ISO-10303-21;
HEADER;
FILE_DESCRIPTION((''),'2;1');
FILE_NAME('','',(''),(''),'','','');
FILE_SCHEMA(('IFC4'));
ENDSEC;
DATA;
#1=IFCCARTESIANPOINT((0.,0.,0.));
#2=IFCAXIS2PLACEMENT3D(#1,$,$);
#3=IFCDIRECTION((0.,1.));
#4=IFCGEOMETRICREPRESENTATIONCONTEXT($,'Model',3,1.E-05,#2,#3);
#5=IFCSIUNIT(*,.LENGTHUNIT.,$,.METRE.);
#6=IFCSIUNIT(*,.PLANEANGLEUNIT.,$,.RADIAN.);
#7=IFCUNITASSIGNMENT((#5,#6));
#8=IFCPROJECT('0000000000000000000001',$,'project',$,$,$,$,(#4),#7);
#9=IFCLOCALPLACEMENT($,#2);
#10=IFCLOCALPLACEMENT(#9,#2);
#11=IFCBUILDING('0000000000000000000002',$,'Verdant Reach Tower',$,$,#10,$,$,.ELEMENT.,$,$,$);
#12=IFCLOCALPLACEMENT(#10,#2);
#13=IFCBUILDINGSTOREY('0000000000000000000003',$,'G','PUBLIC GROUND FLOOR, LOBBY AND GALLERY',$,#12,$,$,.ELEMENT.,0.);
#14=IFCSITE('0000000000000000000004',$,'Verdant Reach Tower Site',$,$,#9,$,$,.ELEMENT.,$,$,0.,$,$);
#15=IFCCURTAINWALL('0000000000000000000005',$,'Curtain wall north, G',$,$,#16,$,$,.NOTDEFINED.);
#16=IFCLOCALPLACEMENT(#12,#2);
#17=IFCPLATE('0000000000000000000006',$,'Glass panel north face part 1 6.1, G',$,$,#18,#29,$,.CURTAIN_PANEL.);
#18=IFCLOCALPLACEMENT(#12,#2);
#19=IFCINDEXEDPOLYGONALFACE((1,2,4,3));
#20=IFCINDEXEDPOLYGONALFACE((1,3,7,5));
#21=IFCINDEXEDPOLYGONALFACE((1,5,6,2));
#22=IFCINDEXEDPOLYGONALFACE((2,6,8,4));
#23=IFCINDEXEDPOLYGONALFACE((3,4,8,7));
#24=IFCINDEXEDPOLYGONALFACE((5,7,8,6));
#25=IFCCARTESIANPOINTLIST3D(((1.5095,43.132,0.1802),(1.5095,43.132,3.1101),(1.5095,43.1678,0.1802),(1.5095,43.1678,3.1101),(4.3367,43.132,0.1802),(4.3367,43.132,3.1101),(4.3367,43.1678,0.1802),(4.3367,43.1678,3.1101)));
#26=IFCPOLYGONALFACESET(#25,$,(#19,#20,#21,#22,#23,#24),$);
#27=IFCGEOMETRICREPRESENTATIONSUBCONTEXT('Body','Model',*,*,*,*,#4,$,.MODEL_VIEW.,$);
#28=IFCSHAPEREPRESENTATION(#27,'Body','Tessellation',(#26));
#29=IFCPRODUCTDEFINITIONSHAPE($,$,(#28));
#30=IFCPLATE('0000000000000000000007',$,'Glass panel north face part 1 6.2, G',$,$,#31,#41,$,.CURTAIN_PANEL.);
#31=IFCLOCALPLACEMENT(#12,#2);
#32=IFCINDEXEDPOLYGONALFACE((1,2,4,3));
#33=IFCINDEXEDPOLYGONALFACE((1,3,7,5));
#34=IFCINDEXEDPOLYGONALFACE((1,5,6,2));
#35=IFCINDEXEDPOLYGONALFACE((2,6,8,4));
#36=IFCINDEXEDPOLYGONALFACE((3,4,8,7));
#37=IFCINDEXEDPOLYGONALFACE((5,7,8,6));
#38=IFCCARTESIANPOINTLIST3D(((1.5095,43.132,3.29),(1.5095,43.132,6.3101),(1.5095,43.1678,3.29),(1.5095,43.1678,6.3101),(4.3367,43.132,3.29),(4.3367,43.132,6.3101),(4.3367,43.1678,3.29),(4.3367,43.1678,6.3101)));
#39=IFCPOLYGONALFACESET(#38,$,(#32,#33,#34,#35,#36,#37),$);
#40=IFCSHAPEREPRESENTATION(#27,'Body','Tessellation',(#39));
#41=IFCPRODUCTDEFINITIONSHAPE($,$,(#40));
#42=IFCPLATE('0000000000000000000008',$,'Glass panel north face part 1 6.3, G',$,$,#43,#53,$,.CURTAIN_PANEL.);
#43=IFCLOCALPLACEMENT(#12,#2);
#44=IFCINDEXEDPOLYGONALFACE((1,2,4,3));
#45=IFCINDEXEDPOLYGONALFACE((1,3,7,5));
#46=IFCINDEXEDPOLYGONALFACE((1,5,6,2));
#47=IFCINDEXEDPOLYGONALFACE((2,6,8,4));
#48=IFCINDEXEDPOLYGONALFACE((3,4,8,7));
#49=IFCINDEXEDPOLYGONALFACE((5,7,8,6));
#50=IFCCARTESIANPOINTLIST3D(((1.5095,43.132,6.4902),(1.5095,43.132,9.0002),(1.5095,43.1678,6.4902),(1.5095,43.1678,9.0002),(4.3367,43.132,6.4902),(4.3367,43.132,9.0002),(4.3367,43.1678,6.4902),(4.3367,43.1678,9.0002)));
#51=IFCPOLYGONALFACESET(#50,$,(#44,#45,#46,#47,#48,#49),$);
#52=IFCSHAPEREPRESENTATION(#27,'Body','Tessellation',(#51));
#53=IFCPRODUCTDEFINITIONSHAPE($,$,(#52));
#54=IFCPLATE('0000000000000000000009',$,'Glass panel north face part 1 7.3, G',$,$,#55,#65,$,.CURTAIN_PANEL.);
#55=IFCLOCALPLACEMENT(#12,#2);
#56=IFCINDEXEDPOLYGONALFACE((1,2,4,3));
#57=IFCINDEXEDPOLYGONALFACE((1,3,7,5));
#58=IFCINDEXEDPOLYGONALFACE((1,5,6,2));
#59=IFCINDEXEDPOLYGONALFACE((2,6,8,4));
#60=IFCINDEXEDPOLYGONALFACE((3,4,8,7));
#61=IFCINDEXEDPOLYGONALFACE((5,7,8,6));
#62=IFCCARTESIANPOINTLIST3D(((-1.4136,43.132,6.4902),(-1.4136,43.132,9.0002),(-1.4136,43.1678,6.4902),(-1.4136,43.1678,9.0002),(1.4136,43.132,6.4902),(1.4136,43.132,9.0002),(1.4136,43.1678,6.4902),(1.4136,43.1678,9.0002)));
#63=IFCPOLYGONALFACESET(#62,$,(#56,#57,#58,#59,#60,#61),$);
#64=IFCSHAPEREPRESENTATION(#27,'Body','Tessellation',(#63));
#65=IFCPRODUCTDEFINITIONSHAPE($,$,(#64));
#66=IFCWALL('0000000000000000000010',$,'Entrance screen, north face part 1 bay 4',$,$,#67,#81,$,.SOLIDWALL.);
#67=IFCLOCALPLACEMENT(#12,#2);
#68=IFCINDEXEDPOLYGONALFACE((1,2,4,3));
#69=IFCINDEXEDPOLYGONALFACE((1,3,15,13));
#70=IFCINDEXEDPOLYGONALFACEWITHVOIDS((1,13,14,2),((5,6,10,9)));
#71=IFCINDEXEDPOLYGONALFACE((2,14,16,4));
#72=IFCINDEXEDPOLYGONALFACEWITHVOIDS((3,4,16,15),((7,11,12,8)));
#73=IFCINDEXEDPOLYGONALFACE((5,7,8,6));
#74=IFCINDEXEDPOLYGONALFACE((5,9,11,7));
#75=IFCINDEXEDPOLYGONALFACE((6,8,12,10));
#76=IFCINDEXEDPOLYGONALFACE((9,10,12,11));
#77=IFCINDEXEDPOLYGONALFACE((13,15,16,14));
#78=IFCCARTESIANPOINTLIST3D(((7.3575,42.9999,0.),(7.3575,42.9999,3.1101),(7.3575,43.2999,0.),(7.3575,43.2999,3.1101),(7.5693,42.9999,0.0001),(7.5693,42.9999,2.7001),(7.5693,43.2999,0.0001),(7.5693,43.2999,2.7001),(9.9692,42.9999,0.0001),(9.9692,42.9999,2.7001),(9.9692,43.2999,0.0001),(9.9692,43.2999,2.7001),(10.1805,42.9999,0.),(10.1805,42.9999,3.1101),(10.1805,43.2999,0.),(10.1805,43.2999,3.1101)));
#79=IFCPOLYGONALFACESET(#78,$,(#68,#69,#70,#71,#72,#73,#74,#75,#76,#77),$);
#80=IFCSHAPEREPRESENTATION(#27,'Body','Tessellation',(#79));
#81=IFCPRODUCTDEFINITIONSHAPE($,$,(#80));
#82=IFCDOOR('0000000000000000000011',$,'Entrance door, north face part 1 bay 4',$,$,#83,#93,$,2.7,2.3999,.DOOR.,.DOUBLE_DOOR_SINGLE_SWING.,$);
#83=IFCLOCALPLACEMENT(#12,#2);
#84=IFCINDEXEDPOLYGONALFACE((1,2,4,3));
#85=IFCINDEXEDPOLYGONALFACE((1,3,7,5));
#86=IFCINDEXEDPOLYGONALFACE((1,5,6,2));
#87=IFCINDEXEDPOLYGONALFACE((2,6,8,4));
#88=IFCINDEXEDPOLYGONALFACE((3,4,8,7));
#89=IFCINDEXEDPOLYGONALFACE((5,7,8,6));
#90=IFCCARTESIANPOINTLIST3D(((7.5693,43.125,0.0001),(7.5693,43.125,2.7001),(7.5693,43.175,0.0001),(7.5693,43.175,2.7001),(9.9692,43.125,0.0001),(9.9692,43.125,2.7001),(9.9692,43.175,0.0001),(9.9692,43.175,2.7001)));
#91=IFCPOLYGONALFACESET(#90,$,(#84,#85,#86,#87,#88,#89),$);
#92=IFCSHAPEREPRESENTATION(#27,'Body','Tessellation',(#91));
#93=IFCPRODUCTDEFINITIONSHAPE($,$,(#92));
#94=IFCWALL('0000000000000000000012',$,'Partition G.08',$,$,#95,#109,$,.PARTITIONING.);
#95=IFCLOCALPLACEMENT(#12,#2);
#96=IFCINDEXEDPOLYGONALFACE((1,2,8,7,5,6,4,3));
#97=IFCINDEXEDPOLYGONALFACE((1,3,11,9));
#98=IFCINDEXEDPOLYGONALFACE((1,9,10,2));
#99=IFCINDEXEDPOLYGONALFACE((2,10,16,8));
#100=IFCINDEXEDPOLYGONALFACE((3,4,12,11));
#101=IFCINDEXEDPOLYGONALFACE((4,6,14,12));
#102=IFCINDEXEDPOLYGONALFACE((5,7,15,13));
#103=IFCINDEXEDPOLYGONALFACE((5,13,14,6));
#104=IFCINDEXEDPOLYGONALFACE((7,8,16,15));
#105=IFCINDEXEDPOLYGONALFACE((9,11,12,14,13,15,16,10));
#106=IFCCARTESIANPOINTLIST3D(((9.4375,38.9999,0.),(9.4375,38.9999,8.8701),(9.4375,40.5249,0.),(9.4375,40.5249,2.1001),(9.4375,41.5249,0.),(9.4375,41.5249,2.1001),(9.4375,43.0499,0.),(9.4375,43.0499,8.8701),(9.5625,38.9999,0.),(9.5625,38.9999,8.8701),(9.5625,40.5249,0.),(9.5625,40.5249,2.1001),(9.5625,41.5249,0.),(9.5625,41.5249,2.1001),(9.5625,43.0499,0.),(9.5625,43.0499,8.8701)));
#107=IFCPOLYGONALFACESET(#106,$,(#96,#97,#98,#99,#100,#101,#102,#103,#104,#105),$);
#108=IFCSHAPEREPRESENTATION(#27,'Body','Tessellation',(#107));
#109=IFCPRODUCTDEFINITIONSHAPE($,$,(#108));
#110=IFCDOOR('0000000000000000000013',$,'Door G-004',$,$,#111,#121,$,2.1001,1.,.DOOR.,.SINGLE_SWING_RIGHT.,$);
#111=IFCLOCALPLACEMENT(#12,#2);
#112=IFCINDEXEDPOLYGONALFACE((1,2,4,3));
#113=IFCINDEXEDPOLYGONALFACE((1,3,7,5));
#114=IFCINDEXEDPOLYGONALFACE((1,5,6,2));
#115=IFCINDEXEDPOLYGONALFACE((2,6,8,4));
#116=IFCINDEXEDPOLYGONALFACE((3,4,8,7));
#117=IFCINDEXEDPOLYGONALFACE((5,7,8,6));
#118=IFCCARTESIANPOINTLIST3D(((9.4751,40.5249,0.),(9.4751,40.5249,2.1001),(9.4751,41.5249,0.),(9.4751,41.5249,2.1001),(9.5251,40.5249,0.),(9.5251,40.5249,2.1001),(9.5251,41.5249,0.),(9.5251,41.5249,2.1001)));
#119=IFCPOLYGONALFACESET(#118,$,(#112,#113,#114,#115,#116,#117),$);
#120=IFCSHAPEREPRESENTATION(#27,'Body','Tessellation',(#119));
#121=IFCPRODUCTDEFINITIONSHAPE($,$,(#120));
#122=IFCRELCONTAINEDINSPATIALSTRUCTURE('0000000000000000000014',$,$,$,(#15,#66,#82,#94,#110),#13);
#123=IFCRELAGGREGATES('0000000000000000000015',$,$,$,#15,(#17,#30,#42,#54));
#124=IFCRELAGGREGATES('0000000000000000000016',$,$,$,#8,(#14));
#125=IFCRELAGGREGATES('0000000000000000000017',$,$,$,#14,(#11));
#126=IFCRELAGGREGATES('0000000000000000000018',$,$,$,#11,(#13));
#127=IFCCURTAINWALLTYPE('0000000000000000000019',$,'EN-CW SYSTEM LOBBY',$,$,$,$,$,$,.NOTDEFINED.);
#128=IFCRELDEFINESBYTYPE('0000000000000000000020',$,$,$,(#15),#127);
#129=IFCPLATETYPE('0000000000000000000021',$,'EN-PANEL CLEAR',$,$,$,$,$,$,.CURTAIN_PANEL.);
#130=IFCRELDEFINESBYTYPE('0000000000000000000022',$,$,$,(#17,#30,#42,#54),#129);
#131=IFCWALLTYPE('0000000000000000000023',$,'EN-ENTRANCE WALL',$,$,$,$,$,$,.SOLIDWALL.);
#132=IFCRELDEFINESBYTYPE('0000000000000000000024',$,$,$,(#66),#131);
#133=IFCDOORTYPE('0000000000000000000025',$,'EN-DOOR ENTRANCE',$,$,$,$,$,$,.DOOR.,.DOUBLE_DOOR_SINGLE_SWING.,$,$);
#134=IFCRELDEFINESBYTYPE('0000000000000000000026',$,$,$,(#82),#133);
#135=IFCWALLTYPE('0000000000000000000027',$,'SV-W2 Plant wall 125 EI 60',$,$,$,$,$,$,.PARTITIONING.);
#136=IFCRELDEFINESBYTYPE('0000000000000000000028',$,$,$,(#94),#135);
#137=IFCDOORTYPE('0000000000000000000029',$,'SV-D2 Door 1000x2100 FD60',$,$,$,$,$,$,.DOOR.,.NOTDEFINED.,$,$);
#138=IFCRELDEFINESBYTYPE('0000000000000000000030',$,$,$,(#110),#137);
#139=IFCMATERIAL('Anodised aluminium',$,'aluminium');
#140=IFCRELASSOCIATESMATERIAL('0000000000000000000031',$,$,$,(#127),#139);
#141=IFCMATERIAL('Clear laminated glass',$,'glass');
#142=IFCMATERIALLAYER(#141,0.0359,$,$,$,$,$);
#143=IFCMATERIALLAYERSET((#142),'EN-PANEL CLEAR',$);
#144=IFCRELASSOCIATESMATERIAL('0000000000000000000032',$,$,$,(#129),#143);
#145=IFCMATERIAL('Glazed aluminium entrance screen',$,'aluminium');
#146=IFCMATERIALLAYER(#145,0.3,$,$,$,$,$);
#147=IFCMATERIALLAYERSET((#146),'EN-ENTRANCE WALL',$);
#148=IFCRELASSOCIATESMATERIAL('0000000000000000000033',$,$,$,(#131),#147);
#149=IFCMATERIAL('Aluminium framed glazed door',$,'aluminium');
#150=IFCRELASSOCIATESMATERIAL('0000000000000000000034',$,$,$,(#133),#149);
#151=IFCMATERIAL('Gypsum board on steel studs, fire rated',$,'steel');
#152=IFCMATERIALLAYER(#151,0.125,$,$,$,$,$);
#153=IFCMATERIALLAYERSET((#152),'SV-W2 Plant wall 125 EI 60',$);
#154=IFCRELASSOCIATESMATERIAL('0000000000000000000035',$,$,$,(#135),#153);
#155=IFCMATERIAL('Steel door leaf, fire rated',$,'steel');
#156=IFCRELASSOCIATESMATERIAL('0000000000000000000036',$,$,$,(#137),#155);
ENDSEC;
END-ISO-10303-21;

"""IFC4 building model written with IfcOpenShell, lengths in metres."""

from ifc_helpers import new_model, si_unit, direction, frame, frame_2d, origin, origin_2d, place, context, subcontext, project, spatial, rectangle, extrude, material, layer, layer_set, type_object, element, fill, aggregate, save


model = new_model("IFC4")

# Units and contexts
model_context = context("Model", 3, precision=1e-05, world=origin(), true_north=direction((0.0, 1.0)))
body_context = subcontext(model_context, "Body", "Model", "MODEL_VIEW")
ifc_project = project(units=[si_unit("LENGTHUNIT", "METRE"), si_unit("PLANEANGLEUNIT", "RADIAN")], contexts=[model_context])

# Site, building, storey
site_placement = place(None, origin())
site = spatial("IfcSite", under=ifc_project, at=site_placement, Name="Verdant Reach Tower Site", CompositionType="ELEMENT", RefElevation=0.0)
building_placement = place(site_placement, origin())
building = spatial("IfcBuilding", under=site, at=building_placement, Name="Verdant Reach Tower", CompositionType="ELEMENT")
storey_placement = place(building_placement, origin())
storey = spatial("IfcBuildingStorey", under=building, at=storey_placement, Name="G", Description="PUBLIC GROUND FLOOR, LOBBY AND GALLERY", CompositionType="ELEMENT", Elevation=0.0)

# Curtain wall
ifc_material_1 = material(Name="Anodised aluminium", Category="aluminium")
curtain_wall_type = type_object("IfcCurtainWallType", Name="EN-CW SYSTEM LOBBY", PredefinedType="NOTDEFINED", material=ifc_material_1)
curtain_wall_placement = place(storey_placement, origin())
curtain_wall = element("IfcCurtainWall", 1, at=curtain_wall_placement, inside=storey, type_object=curtain_wall_type, Name="Curtain wall north, G", PredefinedType="NOTDEFINED")

# Plates
ifc_material_2 = material(Name="Clear laminated glass", Category="glass")
ifc_layer_1 = layer(ifc_material_2, 0.0359)
ifc_layer_set_1 = layer_set([ifc_layer_1], Name="EN-PANEL CLEAR")
plate_type = type_object("IfcPlateType", Name="EN-PANEL CLEAR", PredefinedType="CURTAIN_PANEL", material=ifc_layer_set_1)
plate_1_placement = place(storey_placement, frame((2.9231, 43.1499, 0.1802), z_axis=(0.0, 0.0, 1.0), x_axis=(-1.0, 0.0, 0.0)))
plate_1 = element("IfcPlate", 2, at=plate_1_placement, type_object=plate_type, Name="Glass panel north face part 1 6.1, G", PredefinedType="CURTAIN_PANEL", context=body_context, shape_type="SweptSolid", body=[
    extrude(rectangle(XDim=2.8271, YDim=0.0359, at=origin_2d()), origin(), (0.0, 0.0, 1.0), 2.9299),
])
plate_2_placement = place(storey_placement, frame((2.9231, 43.1499, 3.29), z_axis=(0.0, 0.0, 1.0), x_axis=(-1.0, 0.0, 0.0)))
plate_2 = element("IfcPlate", 3, at=plate_2_placement, type_object=plate_type, Name="Glass panel north face part 1 6.2, G", PredefinedType="CURTAIN_PANEL", context=body_context, shape_type="SweptSolid", body=[
    extrude(rectangle(XDim=2.8271, YDim=0.0359, at=origin_2d()), origin(), (0.0, 0.0, 1.0), 3.02),
])
plate_3_placement = place(storey_placement, frame((2.9231, 43.1499, 6.4902), z_axis=(0.0, 0.0, 1.0), x_axis=(-1.0, 0.0, 0.0)))
plate_3 = element("IfcPlate", 4, at=plate_3_placement, type_object=plate_type, Name="Glass panel north face part 1 6.3, G", PredefinedType="CURTAIN_PANEL", context=body_context, shape_type="SweptSolid", body=[
    extrude(rectangle(XDim=2.8271, YDim=0.0359, at=origin_2d()), origin(), (0.0, 0.0, 1.0), 2.51),
])
plate_4_placement = place(storey_placement, frame((0.0, 43.1499, 6.4902), z_axis=(0.0, 0.0, 1.0), x_axis=(-1.0, 0.0, 0.0)))
plate_4 = element("IfcPlate", 5, at=plate_4_placement, type_object=plate_type, Name="Glass panel north face part 1 7.3, G", PredefinedType="CURTAIN_PANEL", context=body_context, shape_type="SweptSolid", body=[
    extrude(rectangle(XDim=2.8271, YDim=0.0359, at=origin_2d()), origin(), (0.0, 0.0, 1.0), 2.51),
])
aggregate(curtain_wall, [plate_1, plate_2, plate_3, plate_4])

# Walls, openings, doors
ifc_material_3 = material(Name="Glazed aluminium entrance screen", Category="aluminium")
ifc_layer_2 = layer(ifc_material_3, 0.3)
ifc_layer_set_2 = layer_set([ifc_layer_2], Name="EN-ENTRANCE WALL")
wall_type_1 = type_object("IfcWallType", Name="EN-ENTRANCE WALL", PredefinedType="SOLIDWALL", material=ifc_layer_set_2)
wall_1_placement = place(storey_placement, frame((10.1807, 43.1499, 0.0), z_axis=(0.0, 0.0, 1.0), x_axis=(-1.0, 0.0, 0.0)))
wall_1 = element("IfcWall", 6, at=wall_1_placement, inside=storey, type_object=wall_type_1, Name="Entrance screen, north face part 1 bay 4", PredefinedType="SOLIDWALL", context=body_context, shape_type="SweptSolid", body=[
    extrude(rectangle(XDim=2.823, YDim=0.3, at=frame_2d((1.4116, 0.0))), origin(), (0.0, 0.0, 1.0), 3.1101),
])
opening_1_placement = place(wall_1_placement, frame((0.2114, 0.0, 0.0)))
opening_1 = element("IfcOpeningElement", 7, at=opening_1_placement, cuts=wall_1, PredefinedType="OPENING", context=body_context, shape_type="SweptSolid", body=[
    extrude(rectangle(XDim=2.3999, YDim=2.7, at=frame_2d((1.2, 1.3501))), frame((0.0, 0.1599, 0.0), z_axis=(0.0, -1.0, 0.0), x_axis=(1.0, 0.0, 0.0)), (0.0, 0.0, 1.0), 0.3201),
])
ifc_material_4 = material(Name="Aluminium framed glazed door", Category="aluminium")
door_type_1 = type_object("IfcDoorType", Name="EN-DOOR ENTRANCE", OperationType="DOUBLE_DOOR_SINGLE_SWING", PredefinedType="DOOR", material=ifc_material_4)
door_1_placement = place(opening_1_placement, origin())
door_1 = element("IfcDoor", 8, at=door_1_placement, inside=storey, type_object=door_type_1, Name="Entrance door, north face part 1 bay 4", OperationType="DOUBLE_DOOR_SINGLE_SWING", OverallHeight=2.7, OverallWidth=2.3999, PredefinedType="DOOR", context=body_context, shape_type="SweptSolid", body=[
    extrude(rectangle(XDim=2.3999, YDim=2.7, at=frame_2d((1.2, 1.3501))), frame((0.0, 0.0249, 0.0), z_axis=(0.0, -1.0, 0.0), x_axis=(1.0, 0.0, 0.0)), (0.0, 0.0, 1.0), 0.05),
])
fill(opening_1, door_1)
ifc_material_5 = material(Name="Gypsum board on steel studs, fire rated", Category="steel")
ifc_layer_3 = layer(ifc_material_5, 0.125)
ifc_layer_set_3 = layer_set([ifc_layer_3], Name="SV-W2 Plant wall 125 EI 60")
wall_type_2 = type_object("IfcWallType", Name="SV-W2 Plant wall 125 EI 60", PredefinedType="PARTITIONING", material=ifc_layer_set_3)
wall_2_placement = place(storey_placement, frame((9.5, 39.0, 0.0), z_axis=(0.0, 0.0, 1.0), x_axis=(0.0, 1.0, 0.0)))
wall_2 = element("IfcWall", 9, at=wall_2_placement, inside=storey, type_object=wall_type_2, Name="Partition G.08", PredefinedType="PARTITIONING", context=body_context, shape_type="SweptSolid", body=[
    extrude(rectangle(XDim=4.05, YDim=0.125, at=frame_2d((2.0249, 0.0))), origin(), (0.0, 0.0, 1.0), 8.8701),
])
opening_2_placement = place(wall_2_placement, frame((1.5249, 0.0, 0.0)))
opening_2 = element("IfcOpeningElement", 10, at=opening_2_placement, cuts=wall_2, PredefinedType="OPENING", context=body_context, shape_type="SweptSolid", body=[
    extrude(rectangle(XDim=1.0, YDim=2.1001, at=frame_2d((0.5, 1.05))), frame((0.0, 0.0725, 0.0), z_axis=(0.0, -1.0, 0.0), x_axis=(1.0, 0.0, 0.0)), (0.0, 0.0, 1.0), 0.145),
])
ifc_material_6 = material(Name="Steel door leaf, fire rated", Category="steel")
door_type_2 = type_object("IfcDoorType", Name="SV-D2 Door 1000x2100 FD60", OperationType="NOTDEFINED", PredefinedType="DOOR", material=ifc_material_6)
door_2_placement = place(opening_2_placement, origin())
door_2 = element("IfcDoor", 11, at=door_2_placement, inside=storey, type_object=door_type_2, Name="Door G-004", OperationType="SINGLE_SWING_RIGHT", OverallHeight=2.1001, OverallWidth=1.0, PredefinedType="DOOR", context=body_context, shape_type="SweptSolid", body=[
    extrude(rectangle(XDim=1.0, YDim=2.1001, at=frame_2d((0.5, 1.05))), frame((0.0, 0.0249, 0.0), z_axis=(0.0, -1.0, 0.0), x_axis=(1.0, 0.0, 0.0)), (0.0, 0.0, 1.0), 0.05),
])
fill(opening_2, door_2)

save(model, "model.ifc")
